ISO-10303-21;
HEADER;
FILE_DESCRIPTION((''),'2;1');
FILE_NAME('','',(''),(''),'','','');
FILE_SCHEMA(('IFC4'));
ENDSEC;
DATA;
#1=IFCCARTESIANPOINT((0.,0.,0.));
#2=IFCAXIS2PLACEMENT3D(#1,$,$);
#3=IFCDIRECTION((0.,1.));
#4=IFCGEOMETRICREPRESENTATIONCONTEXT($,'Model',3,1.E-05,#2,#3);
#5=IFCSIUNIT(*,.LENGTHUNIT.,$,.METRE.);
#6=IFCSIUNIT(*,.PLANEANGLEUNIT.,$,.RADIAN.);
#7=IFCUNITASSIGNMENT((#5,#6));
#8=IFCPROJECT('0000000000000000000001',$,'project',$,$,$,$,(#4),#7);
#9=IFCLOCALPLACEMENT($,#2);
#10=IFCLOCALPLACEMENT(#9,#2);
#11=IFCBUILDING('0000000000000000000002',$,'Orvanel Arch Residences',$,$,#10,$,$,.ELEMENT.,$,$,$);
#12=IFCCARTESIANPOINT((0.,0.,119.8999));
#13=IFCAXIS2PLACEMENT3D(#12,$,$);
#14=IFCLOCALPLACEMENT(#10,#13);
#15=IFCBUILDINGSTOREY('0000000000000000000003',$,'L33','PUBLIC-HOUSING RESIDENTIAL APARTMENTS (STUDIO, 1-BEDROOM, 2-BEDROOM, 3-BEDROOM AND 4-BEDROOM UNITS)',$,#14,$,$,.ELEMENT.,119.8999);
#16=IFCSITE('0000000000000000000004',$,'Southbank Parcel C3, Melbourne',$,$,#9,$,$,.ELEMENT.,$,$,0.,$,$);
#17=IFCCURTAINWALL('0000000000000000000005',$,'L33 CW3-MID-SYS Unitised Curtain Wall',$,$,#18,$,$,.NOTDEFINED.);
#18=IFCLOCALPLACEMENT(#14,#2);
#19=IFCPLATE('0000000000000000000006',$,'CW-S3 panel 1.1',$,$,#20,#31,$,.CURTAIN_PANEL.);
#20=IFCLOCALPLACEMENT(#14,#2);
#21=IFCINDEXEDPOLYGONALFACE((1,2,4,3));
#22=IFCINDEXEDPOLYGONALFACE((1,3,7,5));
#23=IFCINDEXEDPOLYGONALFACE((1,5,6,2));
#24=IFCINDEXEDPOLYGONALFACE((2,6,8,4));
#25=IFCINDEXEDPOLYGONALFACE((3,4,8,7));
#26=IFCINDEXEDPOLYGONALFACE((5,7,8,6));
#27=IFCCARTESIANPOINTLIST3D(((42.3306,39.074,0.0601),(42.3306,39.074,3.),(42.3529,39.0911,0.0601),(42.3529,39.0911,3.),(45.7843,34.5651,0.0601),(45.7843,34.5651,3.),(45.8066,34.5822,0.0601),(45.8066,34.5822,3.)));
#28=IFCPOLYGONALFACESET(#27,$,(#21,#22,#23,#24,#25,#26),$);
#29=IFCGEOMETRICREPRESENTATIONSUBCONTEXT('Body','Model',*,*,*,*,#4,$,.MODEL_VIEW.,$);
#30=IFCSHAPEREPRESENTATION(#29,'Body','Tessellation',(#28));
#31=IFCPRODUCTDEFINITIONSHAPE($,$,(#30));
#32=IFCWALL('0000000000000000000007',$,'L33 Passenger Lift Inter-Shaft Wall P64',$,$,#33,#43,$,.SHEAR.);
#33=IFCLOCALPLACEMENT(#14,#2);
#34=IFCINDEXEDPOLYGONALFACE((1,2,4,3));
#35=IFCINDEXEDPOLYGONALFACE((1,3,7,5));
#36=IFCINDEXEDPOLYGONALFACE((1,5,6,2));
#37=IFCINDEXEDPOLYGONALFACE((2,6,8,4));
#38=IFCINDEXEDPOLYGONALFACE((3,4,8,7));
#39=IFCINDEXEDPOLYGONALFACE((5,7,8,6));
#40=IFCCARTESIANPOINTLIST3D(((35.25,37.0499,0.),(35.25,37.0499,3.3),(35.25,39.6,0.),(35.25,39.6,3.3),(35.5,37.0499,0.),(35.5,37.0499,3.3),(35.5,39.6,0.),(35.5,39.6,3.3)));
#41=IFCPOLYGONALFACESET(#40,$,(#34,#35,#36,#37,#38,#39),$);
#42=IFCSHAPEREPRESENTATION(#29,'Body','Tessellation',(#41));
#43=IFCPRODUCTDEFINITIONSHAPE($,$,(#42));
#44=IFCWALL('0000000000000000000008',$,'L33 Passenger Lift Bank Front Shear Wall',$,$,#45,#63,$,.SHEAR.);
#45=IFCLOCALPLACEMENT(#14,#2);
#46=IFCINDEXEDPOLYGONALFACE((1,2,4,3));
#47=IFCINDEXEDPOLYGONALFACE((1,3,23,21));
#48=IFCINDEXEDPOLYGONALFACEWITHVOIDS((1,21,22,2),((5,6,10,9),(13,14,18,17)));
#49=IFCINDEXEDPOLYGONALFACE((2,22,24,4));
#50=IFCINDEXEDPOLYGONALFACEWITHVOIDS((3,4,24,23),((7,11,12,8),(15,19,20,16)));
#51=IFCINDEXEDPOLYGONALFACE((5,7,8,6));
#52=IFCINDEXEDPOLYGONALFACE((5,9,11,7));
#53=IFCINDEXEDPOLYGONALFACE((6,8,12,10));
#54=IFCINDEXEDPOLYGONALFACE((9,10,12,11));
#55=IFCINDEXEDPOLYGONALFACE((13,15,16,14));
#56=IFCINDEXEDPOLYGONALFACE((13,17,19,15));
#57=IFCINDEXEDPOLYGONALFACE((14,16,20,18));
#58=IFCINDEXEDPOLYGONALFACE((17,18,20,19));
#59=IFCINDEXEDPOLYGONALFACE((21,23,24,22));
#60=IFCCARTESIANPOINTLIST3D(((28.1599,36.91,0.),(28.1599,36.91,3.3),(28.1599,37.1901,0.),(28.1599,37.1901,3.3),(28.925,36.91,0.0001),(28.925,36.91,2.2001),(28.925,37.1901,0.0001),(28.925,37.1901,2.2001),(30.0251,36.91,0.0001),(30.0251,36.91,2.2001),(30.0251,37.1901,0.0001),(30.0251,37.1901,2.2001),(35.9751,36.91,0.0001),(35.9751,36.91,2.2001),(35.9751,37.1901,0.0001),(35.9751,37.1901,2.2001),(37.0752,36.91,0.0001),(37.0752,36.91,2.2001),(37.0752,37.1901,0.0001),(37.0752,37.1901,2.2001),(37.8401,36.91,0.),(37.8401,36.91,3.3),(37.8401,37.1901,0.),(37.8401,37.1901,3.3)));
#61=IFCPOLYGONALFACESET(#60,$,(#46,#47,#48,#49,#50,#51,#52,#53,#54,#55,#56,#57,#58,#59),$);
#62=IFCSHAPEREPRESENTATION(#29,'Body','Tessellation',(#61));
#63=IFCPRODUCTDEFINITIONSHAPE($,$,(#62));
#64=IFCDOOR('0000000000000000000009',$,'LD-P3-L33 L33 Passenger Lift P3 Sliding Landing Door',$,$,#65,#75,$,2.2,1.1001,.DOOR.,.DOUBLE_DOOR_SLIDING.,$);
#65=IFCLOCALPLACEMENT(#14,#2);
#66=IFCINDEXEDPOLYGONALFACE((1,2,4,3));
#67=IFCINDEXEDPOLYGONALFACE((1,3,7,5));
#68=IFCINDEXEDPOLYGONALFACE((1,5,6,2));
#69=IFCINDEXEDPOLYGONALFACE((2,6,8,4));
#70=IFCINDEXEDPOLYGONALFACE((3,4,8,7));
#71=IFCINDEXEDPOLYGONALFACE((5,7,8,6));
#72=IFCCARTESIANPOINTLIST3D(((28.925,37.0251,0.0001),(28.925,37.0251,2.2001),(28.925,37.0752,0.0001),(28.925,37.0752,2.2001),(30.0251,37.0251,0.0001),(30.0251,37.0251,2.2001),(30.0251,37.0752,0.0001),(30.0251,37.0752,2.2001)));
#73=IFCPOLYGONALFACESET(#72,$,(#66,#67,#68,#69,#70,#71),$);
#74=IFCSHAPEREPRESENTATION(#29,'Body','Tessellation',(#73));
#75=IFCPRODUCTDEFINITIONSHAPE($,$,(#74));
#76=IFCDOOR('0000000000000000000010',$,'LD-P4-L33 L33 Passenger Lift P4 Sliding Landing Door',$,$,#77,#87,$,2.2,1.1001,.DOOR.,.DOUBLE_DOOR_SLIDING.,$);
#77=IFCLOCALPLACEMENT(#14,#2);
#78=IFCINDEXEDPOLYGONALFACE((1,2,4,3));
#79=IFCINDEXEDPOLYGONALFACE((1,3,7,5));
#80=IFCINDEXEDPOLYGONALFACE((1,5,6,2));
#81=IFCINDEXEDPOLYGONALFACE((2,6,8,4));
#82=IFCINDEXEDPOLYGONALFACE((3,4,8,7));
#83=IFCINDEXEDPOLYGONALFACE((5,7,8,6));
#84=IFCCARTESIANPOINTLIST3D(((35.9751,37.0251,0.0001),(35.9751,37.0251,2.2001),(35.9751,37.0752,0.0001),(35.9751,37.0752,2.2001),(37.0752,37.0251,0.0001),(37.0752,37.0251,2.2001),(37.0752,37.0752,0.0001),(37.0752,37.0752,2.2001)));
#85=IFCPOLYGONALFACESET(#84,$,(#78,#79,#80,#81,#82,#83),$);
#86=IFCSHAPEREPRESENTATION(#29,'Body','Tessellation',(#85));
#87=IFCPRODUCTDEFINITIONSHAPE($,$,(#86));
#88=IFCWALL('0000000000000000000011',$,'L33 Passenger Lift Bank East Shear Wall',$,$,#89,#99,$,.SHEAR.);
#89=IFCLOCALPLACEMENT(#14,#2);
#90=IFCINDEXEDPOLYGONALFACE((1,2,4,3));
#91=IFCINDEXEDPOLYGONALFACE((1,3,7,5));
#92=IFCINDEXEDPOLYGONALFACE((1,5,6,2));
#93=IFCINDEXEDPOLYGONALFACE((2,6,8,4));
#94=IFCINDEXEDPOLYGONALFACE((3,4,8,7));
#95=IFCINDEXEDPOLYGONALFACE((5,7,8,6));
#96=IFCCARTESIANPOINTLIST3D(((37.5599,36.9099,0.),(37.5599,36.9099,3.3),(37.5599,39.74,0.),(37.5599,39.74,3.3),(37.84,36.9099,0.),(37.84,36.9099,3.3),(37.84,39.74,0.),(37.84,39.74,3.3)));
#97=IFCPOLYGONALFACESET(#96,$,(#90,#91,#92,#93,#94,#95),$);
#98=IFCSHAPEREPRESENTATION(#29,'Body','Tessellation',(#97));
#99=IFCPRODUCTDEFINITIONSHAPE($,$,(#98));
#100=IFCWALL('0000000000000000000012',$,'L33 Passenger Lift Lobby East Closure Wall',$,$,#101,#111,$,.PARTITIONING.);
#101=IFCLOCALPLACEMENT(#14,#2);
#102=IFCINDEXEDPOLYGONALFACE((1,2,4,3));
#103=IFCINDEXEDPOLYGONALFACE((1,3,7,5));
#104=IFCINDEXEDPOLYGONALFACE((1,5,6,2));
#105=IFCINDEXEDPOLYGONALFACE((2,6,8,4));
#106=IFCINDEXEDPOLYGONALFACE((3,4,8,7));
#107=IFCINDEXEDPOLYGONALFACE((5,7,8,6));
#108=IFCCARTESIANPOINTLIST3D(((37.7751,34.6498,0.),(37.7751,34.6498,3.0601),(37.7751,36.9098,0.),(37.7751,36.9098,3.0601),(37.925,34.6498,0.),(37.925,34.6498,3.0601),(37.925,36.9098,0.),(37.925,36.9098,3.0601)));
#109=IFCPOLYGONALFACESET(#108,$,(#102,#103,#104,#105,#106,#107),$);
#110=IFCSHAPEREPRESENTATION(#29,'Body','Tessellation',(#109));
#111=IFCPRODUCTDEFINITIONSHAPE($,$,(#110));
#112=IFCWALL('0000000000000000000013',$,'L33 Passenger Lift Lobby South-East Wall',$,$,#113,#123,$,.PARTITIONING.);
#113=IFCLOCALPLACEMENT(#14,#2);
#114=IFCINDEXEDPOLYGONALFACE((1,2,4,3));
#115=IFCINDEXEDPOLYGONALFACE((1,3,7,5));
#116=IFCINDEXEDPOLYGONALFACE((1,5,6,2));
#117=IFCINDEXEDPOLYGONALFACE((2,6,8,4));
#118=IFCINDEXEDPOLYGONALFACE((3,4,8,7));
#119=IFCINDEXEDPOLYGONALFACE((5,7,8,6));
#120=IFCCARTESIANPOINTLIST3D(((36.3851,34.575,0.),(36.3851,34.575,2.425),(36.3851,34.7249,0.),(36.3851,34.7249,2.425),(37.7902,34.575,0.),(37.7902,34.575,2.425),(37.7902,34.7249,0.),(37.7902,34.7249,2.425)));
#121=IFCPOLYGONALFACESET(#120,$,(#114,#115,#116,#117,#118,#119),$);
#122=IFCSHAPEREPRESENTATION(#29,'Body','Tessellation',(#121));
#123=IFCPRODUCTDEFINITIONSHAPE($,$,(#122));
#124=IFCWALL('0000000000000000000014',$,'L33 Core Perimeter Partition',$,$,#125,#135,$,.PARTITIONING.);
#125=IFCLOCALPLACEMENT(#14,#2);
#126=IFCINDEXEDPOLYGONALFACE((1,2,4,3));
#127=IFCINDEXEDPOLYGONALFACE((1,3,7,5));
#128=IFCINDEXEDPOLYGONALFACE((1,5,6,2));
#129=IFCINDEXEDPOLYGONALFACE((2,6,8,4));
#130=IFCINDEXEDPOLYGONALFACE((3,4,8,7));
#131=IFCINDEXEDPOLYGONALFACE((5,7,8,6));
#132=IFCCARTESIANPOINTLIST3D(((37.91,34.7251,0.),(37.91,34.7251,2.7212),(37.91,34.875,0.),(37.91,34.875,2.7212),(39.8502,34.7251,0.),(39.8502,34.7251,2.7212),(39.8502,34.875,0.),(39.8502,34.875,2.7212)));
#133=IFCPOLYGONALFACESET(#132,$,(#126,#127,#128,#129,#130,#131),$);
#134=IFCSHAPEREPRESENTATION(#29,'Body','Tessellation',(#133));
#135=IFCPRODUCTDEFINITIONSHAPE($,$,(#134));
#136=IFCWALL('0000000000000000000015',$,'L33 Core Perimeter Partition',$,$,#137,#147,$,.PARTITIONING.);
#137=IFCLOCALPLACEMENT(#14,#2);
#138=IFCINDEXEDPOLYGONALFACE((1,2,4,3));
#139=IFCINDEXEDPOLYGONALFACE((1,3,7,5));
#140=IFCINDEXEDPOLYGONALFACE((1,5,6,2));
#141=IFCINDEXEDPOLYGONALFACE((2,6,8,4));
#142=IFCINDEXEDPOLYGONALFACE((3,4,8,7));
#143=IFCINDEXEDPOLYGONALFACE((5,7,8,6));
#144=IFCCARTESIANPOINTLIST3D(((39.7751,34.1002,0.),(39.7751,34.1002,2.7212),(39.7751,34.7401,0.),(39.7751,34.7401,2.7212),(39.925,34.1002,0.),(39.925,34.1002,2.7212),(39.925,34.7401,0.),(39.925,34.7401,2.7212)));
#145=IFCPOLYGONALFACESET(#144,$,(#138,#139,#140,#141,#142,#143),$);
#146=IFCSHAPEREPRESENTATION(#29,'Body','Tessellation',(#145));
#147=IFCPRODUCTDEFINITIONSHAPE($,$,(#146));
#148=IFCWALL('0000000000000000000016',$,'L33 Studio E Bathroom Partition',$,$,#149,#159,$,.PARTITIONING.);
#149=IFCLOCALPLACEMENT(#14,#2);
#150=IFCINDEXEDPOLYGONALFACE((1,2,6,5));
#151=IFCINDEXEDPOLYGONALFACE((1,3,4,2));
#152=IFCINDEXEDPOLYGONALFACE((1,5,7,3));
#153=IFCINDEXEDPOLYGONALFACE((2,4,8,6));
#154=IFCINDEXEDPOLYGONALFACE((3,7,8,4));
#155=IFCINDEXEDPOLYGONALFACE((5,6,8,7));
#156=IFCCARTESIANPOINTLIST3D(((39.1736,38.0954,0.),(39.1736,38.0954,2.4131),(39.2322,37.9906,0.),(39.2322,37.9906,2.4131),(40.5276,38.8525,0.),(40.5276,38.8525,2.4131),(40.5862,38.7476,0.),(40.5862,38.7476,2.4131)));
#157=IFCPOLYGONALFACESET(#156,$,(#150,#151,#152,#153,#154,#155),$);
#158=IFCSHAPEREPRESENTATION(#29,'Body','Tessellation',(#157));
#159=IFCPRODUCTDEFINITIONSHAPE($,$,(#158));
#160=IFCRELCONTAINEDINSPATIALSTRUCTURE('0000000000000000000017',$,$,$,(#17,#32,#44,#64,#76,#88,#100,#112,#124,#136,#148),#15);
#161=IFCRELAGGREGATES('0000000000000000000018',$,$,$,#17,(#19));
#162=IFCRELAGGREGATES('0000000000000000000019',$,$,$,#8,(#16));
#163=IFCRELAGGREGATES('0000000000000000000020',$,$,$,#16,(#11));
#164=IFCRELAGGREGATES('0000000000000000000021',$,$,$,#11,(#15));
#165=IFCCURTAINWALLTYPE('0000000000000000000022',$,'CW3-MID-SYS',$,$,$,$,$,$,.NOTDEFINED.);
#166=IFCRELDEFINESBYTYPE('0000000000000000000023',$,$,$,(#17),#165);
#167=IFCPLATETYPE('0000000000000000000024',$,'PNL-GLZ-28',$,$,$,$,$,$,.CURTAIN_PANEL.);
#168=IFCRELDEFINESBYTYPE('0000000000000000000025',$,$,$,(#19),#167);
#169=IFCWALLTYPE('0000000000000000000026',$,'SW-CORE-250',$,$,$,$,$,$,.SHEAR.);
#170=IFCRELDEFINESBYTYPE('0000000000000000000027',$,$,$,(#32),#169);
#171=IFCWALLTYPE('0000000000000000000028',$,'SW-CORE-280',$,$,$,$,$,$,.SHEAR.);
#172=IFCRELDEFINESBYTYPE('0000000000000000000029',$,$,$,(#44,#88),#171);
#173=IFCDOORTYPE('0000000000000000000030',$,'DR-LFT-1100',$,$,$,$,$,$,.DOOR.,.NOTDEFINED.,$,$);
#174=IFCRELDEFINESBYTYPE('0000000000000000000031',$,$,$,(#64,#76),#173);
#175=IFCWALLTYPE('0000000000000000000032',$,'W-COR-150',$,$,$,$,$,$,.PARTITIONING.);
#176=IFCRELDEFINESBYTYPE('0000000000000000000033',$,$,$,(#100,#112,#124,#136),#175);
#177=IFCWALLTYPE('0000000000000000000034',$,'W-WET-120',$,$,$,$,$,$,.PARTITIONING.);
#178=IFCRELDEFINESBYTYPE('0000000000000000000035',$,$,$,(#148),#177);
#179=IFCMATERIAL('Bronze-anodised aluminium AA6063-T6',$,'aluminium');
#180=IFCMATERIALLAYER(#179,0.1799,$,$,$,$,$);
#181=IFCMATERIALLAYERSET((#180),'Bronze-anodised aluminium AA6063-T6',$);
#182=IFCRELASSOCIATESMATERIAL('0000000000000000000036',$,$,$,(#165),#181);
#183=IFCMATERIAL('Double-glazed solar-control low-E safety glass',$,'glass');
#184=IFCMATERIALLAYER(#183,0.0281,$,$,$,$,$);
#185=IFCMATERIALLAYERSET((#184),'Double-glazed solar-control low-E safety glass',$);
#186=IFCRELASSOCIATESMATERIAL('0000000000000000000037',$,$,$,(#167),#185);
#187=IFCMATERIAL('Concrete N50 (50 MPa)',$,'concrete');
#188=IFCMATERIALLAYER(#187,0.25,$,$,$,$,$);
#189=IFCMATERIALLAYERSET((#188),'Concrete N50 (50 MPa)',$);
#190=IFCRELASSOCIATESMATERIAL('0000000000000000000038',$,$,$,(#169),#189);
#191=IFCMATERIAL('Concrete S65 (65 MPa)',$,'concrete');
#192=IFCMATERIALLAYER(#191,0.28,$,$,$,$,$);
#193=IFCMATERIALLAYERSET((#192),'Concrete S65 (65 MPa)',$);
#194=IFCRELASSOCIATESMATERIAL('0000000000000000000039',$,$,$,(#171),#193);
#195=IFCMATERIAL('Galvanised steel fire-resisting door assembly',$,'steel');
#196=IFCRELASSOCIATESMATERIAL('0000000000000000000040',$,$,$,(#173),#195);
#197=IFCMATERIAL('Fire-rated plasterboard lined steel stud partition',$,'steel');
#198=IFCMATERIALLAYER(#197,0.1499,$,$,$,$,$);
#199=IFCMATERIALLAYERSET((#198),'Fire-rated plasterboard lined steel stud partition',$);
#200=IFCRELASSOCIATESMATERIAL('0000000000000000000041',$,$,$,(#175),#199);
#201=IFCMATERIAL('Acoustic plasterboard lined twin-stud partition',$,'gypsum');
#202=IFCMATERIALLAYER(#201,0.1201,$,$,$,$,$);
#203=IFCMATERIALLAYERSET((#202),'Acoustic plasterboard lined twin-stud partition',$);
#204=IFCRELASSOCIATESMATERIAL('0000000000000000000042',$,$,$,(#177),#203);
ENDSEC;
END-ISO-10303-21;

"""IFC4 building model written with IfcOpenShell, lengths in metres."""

from ifc_helpers import new_model, si_unit, direction, frame, frame_2d, origin, origin_2d, place, context, subcontext, project, spatial, rectangle, extrude, material, layer, layer_set, type_object, element, fill, aggregate, save


model = new_model("IFC4")

# Units and contexts
model_context = context("Model", 3, precision=1e-05, world=origin(), true_north=direction((0.0, 1.0)))
body_context = subcontext(model_context, "Body", "Model", "MODEL_VIEW")
ifc_project = project(units=[si_unit("LENGTHUNIT", "METRE"), si_unit("PLANEANGLEUNIT", "RADIAN")], contexts=[model_context])

# Site, building, storey
site_placement = place(None, origin())
site = spatial("IfcSite", under=ifc_project, at=site_placement, Name="Southbank Parcel C3, Melbourne", CompositionType="ELEMENT", RefElevation=0.0)
building_placement = place(site_placement, origin())
building = spatial("IfcBuilding", under=site, at=building_placement, Name="Orvanel Arch Residences", CompositionType="ELEMENT")
storey_placement = place(building_placement, frame((0.0, 0.0, 119.8999)))
storey = spatial("IfcBuildingStorey", under=building, at=storey_placement, Name="L33", Description="PUBLIC-HOUSING RESIDENTIAL APARTMENTS (STUDIO, 1-BEDROOM, 2-BEDROOM, 3-BEDROOM AND 4-BEDROOM UNITS)", CompositionType="ELEMENT", Elevation=119.8999)

# Shared definitions
ifc_material_1 = material(Name="Concrete S65 (65 MPa)", Category="concrete")

# Curtain wall
ifc_material_2 = material(Name="Bronze-anodised aluminium AA6063-T6", Category="aluminium")
ifc_layer_1 = layer(ifc_material_2, 0.1799)
ifc_layer_set_1 = layer_set([ifc_layer_1], Name="Bronze-anodised aluminium AA6063-T6")
curtain_wall_type = type_object("IfcCurtainWallType", Name="CW3-MID-SYS", PredefinedType="NOTDEFINED", material=ifc_layer_set_1)
curtain_wall_placement = place(storey_placement, origin())
curtain_wall = element("IfcCurtainWall", 1, at=curtain_wall_placement, inside=storey, type_object=curtain_wall_type, Name="L33 CW3-MID-SYS Unitised Curtain Wall", PredefinedType="NOTDEFINED")

# Plate
ifc_material_3 = material(Name="Double-glazed solar-control low-E safety glass", Category="glass")
ifc_layer_2 = layer(ifc_material_3, 0.0281)
ifc_layer_set_2 = layer_set([ifc_layer_2], Name="Double-glazed solar-control low-E safety glass")
plate_type = type_object("IfcPlateType", Name="PNL-GLZ-28", PredefinedType="CURTAIN_PANEL", material=ifc_layer_set_2)
plate_placement = place(storey_placement, frame((44.0686, 36.8281, 0.0601), z_axis=(0.0, 0.0, 1.0), x_axis=(-0.608092, 0.793867, 0.0)))
plate = element("IfcPlate", 2, at=plate_placement, type_object=plate_type, Name="CW-S3 panel 1.1", PredefinedType="CURTAIN_PANEL", context=body_context, shape_type="SweptSolid", body=[
    extrude(rectangle(XDim=5.6797, YDim=0.0281, at=origin_2d()), origin(), (0.0, 0.0, 1.0), 2.9399),
])
aggregate(curtain_wall, [plate])

# Wall
ifc_material_4 = material(Name="Concrete N50 (50 MPa)", Category="concrete")
ifc_layer_3 = layer(ifc_material_4, 0.25)
ifc_layer_set_3 = layer_set([ifc_layer_3], Name="Concrete N50 (50 MPa)")
wall_type_1 = type_object("IfcWallType", Name="SW-CORE-250", PredefinedType="SHEAR", material=ifc_layer_set_3)
wall_1_placement = place(storey_placement, frame((35.375, 37.05, 0.0), z_axis=(0.0, 0.0, 1.0), x_axis=(0.0, 1.0, 0.0)))
element("IfcWall", 3, at=wall_1_placement, inside=storey, type_object=wall_type_1, Name="L33 Passenger Lift Inter-Shaft Wall P64", PredefinedType="SHEAR", context=body_context, shape_type="SweptSolid", body=[
    extrude(rectangle(XDim=2.55, YDim=0.25, at=frame_2d((1.2749, 0.0))), origin(), (0.0, 0.0, 1.0), 3.3),
])

# Wall, openings, doors
ifc_layer_4 = layer(ifc_material_1, 0.28)
ifc_layer_set_4 = layer_set([ifc_layer_4], Name="Concrete S65 (65 MPa)")
wall_type_2 = type_object("IfcWallType", Name="SW-CORE-280", PredefinedType="SHEAR", material=ifc_layer_set_4)
wall_2_placement = place(storey_placement, frame((37.8401, 37.05, 0.0), z_axis=(0.0, 0.0, 1.0), x_axis=(-1.0, 0.0, 0.0)))
wall_2 = element("IfcWall", 4, at=wall_2_placement, inside=storey, type_object=wall_type_2, Name="L33 Passenger Lift Bank Front Shear Wall", PredefinedType="SHEAR", context=body_context, shape_type="SweptSolid", body=[
    extrude(rectangle(XDim=9.6802, YDim=0.28, at=frame_2d((4.8401, 0.0))), origin(), (0.0, 0.0, 1.0), 3.3),
])
opening_1_placement = place(wall_2_placement, frame((7.8149, 0.0, 0.0)))
opening_1 = element("IfcOpeningElement", 5, at=opening_1_placement, cuts=wall_2, PredefinedType="OPENING", context=body_context, shape_type="SweptSolid", body=[
    extrude(rectangle(XDim=1.1001, YDim=2.2, at=frame_2d((0.55, 1.1001))), frame((0.0, 0.1499, 0.0), z_axis=(0.0, -1.0, 0.0), x_axis=(1.0, 0.0, 0.0)), (0.0, 0.0, 1.0), 0.3),
])
opening_2_placement = place(wall_2_placement, frame((0.7649, 0.0, 0.0)))
opening_2 = element("IfcOpeningElement", 6, at=opening_2_placement, cuts=wall_2, PredefinedType="OPENING", context=body_context, shape_type="SweptSolid", body=[
    extrude(rectangle(XDim=1.1001, YDim=2.2, at=frame_2d((0.55, 1.1001))), frame((0.0, 0.1499, 0.0), z_axis=(0.0, -1.0, 0.0), x_axis=(1.0, 0.0, 0.0)), (0.0, 0.0, 1.0), 0.3),
])
ifc_material_5 = material(Name="Galvanised steel fire-resisting door assembly", Category="steel")
door_type_1 = type_object("IfcDoorType", Name="DR-LFT-1100", OperationType="NOTDEFINED", PredefinedType="DOOR", material=ifc_material_5)
door_1_placement = place(opening_1_placement, origin())
door_1 = element("IfcDoor", 7, at=door_1_placement, inside=storey, type_object=door_type_1, Name="LD-P3-L33 L33 Passenger Lift P3 Sliding Landing Door", OperationType="DOUBLE_DOOR_SLIDING", OverallHeight=2.2, OverallWidth=1.1001, PredefinedType="DOOR", context=body_context, shape_type="SweptSolid", body=[
    extrude(rectangle(XDim=1.1001, YDim=2.2, at=frame_2d((0.55, 1.1001))), frame((0.0, 0.0249, 0.0), z_axis=(0.0, -1.0, 0.0), x_axis=(1.0, 0.0, 0.0)), (0.0, 0.0, 1.0), 0.05),
])
fill(opening_1, door_1)
door_2_placement = place(opening_2_placement, origin())
door_2 = element("IfcDoor", 8, at=door_2_placement, inside=storey, type_object=door_type_1, Name="LD-P4-L33 L33 Passenger Lift P4 Sliding Landing Door", OperationType="DOUBLE_DOOR_SLIDING", OverallHeight=2.2, OverallWidth=1.1001, PredefinedType="DOOR", context=body_context, shape_type="SweptSolid", body=[
    extrude(rectangle(XDim=1.1001, YDim=2.2, at=frame_2d((0.55, 1.1001))), frame((0.0, 0.0249, 0.0), z_axis=(0.0, -1.0, 0.0), x_axis=(1.0, 0.0, 0.0)), (0.0, 0.0, 1.0), 0.05),
])
fill(opening_2, door_2)

# Walls
wall_3_placement = place(storey_placement, frame((37.7, 36.9099, 0.0), z_axis=(0.0, 0.0, 1.0), x_axis=(0.0, 1.0, 0.0)))
element("IfcWall", 9, at=wall_3_placement, inside=storey, type_object=wall_type_2, Name="L33 Passenger Lift Bank East Shear Wall", PredefinedType="SHEAR", context=body_context, shape_type="SweptSolid", body=[
    extrude(rectangle(XDim=2.8301, YDim=0.28, at=frame_2d((1.415, 0.0))), origin(), (0.0, 0.0, 1.0), 3.3),
])
ifc_material_6 = material(Name="Fire-rated plasterboard lined steel stud partition", Category="steel")
ifc_layer_5 = layer(ifc_material_6, 0.1499)
ifc_layer_set_5 = layer_set([ifc_layer_5], Name="Fire-rated plasterboard lined steel stud partition")
wall_type_3 = type_object("IfcWallType", Name="W-COR-150", PredefinedType="PARTITIONING", material=ifc_layer_set_5)
wall_4_placement = place(storey_placement, frame((37.8501, 34.6499, 0.0), z_axis=(0.0, 0.0, 1.0), x_axis=(0.0, 1.0, 0.0)))
element("IfcWall", 10, at=wall_4_placement, inside=storey, type_object=wall_type_3, Name="L33 Passenger Lift Lobby East Closure Wall", PredefinedType="PARTITIONING", context=body_context, shape_type="SweptSolid", body=[
    extrude(rectangle(XDim=2.26, YDim=0.1499, at=frame_2d((1.1299, 0.0))), origin(), (0.0, 0.0, 1.0), 3.0601),
])
wall_5_placement = place(storey_placement, frame((36.385, 34.6499, 0.0), z_axis=(0.0, 0.0, 1.0), x_axis=(1.0, 0.0, 0.0)))
element("IfcWall", 11, at=wall_5_placement, inside=storey, type_object=wall_type_3, Name="L33 Passenger Lift Lobby South-East Wall", PredefinedType="PARTITIONING", context=body_context, shape_type="SweptSolid", body=[
    extrude(rectangle(XDim=1.405, YDim=0.1499, at=frame_2d((0.7026, 0.0))), origin(), (0.0, 0.0, 1.0), 2.425),
])
wall_6_placement = place(storey_placement, frame((37.9099, 34.8, 0.0), z_axis=(0.0, 0.0, 1.0), x_axis=(1.0, 0.0, 0.0)))
element("IfcWall", 12, at=wall_6_placement, inside=storey, type_object=wall_type_3, Name="L33 Core Perimeter Partition", PredefinedType="PARTITIONING", context=body_context, shape_type="SweptSolid", body=[
    extrude(rectangle(XDim=1.9402, YDim=0.1499, at=frame_2d((0.9702, 0.0))), origin(), (0.0, 0.0, 1.0), 2.7212),
])
wall_7_placement = place(storey_placement, frame((39.8501, 34.74, 0.0), z_axis=(0.0, 0.0, 1.0), x_axis=(0.0, -1.0, 0.0)))
element("IfcWall", 13, at=wall_7_placement, inside=storey, type_object=wall_type_3, Name="L33 Core Perimeter Partition", PredefinedType="PARTITIONING", context=body_context, shape_type="SweptSolid", body=[
    extrude(rectangle(XDim=0.6399, YDim=0.1499, at=frame_2d((0.3198, 0.0))), origin(), (0.0, 0.0, 1.0), 2.7212),
])
ifc_material_7 = material(Name="Acoustic plasterboard lined twin-stud partition", Category="gypsum")
ifc_layer_6 = layer(ifc_material_7, 0.1201)
ifc_layer_set_6 = layer_set([ifc_layer_6], Name="Acoustic plasterboard lined twin-stud partition")
wall_type_4 = type_object("IfcWallType", Name="W-WET-120", PredefinedType="PARTITIONING", material=ifc_layer_set_6)
wall_8_placement = place(storey_placement, frame((40.5569, 38.8, 0.0), z_axis=(0.0, 0.0, 1.0), x_axis=(-0.872825, -0.488033, 0.0)))
element("IfcWall", 14, at=wall_8_placement, inside=storey, type_object=wall_type_4, Name="L33 Studio E Bathroom Partition", PredefinedType="PARTITIONING", context=body_context, shape_type="SweptSolid", body=[
    extrude(rectangle(XDim=1.5513, YDim=0.1201, at=frame_2d((0.7756, 0.0))), origin(), (0.0, 0.0, 1.0), 2.4131),
])

save(model, "model.ifc")
